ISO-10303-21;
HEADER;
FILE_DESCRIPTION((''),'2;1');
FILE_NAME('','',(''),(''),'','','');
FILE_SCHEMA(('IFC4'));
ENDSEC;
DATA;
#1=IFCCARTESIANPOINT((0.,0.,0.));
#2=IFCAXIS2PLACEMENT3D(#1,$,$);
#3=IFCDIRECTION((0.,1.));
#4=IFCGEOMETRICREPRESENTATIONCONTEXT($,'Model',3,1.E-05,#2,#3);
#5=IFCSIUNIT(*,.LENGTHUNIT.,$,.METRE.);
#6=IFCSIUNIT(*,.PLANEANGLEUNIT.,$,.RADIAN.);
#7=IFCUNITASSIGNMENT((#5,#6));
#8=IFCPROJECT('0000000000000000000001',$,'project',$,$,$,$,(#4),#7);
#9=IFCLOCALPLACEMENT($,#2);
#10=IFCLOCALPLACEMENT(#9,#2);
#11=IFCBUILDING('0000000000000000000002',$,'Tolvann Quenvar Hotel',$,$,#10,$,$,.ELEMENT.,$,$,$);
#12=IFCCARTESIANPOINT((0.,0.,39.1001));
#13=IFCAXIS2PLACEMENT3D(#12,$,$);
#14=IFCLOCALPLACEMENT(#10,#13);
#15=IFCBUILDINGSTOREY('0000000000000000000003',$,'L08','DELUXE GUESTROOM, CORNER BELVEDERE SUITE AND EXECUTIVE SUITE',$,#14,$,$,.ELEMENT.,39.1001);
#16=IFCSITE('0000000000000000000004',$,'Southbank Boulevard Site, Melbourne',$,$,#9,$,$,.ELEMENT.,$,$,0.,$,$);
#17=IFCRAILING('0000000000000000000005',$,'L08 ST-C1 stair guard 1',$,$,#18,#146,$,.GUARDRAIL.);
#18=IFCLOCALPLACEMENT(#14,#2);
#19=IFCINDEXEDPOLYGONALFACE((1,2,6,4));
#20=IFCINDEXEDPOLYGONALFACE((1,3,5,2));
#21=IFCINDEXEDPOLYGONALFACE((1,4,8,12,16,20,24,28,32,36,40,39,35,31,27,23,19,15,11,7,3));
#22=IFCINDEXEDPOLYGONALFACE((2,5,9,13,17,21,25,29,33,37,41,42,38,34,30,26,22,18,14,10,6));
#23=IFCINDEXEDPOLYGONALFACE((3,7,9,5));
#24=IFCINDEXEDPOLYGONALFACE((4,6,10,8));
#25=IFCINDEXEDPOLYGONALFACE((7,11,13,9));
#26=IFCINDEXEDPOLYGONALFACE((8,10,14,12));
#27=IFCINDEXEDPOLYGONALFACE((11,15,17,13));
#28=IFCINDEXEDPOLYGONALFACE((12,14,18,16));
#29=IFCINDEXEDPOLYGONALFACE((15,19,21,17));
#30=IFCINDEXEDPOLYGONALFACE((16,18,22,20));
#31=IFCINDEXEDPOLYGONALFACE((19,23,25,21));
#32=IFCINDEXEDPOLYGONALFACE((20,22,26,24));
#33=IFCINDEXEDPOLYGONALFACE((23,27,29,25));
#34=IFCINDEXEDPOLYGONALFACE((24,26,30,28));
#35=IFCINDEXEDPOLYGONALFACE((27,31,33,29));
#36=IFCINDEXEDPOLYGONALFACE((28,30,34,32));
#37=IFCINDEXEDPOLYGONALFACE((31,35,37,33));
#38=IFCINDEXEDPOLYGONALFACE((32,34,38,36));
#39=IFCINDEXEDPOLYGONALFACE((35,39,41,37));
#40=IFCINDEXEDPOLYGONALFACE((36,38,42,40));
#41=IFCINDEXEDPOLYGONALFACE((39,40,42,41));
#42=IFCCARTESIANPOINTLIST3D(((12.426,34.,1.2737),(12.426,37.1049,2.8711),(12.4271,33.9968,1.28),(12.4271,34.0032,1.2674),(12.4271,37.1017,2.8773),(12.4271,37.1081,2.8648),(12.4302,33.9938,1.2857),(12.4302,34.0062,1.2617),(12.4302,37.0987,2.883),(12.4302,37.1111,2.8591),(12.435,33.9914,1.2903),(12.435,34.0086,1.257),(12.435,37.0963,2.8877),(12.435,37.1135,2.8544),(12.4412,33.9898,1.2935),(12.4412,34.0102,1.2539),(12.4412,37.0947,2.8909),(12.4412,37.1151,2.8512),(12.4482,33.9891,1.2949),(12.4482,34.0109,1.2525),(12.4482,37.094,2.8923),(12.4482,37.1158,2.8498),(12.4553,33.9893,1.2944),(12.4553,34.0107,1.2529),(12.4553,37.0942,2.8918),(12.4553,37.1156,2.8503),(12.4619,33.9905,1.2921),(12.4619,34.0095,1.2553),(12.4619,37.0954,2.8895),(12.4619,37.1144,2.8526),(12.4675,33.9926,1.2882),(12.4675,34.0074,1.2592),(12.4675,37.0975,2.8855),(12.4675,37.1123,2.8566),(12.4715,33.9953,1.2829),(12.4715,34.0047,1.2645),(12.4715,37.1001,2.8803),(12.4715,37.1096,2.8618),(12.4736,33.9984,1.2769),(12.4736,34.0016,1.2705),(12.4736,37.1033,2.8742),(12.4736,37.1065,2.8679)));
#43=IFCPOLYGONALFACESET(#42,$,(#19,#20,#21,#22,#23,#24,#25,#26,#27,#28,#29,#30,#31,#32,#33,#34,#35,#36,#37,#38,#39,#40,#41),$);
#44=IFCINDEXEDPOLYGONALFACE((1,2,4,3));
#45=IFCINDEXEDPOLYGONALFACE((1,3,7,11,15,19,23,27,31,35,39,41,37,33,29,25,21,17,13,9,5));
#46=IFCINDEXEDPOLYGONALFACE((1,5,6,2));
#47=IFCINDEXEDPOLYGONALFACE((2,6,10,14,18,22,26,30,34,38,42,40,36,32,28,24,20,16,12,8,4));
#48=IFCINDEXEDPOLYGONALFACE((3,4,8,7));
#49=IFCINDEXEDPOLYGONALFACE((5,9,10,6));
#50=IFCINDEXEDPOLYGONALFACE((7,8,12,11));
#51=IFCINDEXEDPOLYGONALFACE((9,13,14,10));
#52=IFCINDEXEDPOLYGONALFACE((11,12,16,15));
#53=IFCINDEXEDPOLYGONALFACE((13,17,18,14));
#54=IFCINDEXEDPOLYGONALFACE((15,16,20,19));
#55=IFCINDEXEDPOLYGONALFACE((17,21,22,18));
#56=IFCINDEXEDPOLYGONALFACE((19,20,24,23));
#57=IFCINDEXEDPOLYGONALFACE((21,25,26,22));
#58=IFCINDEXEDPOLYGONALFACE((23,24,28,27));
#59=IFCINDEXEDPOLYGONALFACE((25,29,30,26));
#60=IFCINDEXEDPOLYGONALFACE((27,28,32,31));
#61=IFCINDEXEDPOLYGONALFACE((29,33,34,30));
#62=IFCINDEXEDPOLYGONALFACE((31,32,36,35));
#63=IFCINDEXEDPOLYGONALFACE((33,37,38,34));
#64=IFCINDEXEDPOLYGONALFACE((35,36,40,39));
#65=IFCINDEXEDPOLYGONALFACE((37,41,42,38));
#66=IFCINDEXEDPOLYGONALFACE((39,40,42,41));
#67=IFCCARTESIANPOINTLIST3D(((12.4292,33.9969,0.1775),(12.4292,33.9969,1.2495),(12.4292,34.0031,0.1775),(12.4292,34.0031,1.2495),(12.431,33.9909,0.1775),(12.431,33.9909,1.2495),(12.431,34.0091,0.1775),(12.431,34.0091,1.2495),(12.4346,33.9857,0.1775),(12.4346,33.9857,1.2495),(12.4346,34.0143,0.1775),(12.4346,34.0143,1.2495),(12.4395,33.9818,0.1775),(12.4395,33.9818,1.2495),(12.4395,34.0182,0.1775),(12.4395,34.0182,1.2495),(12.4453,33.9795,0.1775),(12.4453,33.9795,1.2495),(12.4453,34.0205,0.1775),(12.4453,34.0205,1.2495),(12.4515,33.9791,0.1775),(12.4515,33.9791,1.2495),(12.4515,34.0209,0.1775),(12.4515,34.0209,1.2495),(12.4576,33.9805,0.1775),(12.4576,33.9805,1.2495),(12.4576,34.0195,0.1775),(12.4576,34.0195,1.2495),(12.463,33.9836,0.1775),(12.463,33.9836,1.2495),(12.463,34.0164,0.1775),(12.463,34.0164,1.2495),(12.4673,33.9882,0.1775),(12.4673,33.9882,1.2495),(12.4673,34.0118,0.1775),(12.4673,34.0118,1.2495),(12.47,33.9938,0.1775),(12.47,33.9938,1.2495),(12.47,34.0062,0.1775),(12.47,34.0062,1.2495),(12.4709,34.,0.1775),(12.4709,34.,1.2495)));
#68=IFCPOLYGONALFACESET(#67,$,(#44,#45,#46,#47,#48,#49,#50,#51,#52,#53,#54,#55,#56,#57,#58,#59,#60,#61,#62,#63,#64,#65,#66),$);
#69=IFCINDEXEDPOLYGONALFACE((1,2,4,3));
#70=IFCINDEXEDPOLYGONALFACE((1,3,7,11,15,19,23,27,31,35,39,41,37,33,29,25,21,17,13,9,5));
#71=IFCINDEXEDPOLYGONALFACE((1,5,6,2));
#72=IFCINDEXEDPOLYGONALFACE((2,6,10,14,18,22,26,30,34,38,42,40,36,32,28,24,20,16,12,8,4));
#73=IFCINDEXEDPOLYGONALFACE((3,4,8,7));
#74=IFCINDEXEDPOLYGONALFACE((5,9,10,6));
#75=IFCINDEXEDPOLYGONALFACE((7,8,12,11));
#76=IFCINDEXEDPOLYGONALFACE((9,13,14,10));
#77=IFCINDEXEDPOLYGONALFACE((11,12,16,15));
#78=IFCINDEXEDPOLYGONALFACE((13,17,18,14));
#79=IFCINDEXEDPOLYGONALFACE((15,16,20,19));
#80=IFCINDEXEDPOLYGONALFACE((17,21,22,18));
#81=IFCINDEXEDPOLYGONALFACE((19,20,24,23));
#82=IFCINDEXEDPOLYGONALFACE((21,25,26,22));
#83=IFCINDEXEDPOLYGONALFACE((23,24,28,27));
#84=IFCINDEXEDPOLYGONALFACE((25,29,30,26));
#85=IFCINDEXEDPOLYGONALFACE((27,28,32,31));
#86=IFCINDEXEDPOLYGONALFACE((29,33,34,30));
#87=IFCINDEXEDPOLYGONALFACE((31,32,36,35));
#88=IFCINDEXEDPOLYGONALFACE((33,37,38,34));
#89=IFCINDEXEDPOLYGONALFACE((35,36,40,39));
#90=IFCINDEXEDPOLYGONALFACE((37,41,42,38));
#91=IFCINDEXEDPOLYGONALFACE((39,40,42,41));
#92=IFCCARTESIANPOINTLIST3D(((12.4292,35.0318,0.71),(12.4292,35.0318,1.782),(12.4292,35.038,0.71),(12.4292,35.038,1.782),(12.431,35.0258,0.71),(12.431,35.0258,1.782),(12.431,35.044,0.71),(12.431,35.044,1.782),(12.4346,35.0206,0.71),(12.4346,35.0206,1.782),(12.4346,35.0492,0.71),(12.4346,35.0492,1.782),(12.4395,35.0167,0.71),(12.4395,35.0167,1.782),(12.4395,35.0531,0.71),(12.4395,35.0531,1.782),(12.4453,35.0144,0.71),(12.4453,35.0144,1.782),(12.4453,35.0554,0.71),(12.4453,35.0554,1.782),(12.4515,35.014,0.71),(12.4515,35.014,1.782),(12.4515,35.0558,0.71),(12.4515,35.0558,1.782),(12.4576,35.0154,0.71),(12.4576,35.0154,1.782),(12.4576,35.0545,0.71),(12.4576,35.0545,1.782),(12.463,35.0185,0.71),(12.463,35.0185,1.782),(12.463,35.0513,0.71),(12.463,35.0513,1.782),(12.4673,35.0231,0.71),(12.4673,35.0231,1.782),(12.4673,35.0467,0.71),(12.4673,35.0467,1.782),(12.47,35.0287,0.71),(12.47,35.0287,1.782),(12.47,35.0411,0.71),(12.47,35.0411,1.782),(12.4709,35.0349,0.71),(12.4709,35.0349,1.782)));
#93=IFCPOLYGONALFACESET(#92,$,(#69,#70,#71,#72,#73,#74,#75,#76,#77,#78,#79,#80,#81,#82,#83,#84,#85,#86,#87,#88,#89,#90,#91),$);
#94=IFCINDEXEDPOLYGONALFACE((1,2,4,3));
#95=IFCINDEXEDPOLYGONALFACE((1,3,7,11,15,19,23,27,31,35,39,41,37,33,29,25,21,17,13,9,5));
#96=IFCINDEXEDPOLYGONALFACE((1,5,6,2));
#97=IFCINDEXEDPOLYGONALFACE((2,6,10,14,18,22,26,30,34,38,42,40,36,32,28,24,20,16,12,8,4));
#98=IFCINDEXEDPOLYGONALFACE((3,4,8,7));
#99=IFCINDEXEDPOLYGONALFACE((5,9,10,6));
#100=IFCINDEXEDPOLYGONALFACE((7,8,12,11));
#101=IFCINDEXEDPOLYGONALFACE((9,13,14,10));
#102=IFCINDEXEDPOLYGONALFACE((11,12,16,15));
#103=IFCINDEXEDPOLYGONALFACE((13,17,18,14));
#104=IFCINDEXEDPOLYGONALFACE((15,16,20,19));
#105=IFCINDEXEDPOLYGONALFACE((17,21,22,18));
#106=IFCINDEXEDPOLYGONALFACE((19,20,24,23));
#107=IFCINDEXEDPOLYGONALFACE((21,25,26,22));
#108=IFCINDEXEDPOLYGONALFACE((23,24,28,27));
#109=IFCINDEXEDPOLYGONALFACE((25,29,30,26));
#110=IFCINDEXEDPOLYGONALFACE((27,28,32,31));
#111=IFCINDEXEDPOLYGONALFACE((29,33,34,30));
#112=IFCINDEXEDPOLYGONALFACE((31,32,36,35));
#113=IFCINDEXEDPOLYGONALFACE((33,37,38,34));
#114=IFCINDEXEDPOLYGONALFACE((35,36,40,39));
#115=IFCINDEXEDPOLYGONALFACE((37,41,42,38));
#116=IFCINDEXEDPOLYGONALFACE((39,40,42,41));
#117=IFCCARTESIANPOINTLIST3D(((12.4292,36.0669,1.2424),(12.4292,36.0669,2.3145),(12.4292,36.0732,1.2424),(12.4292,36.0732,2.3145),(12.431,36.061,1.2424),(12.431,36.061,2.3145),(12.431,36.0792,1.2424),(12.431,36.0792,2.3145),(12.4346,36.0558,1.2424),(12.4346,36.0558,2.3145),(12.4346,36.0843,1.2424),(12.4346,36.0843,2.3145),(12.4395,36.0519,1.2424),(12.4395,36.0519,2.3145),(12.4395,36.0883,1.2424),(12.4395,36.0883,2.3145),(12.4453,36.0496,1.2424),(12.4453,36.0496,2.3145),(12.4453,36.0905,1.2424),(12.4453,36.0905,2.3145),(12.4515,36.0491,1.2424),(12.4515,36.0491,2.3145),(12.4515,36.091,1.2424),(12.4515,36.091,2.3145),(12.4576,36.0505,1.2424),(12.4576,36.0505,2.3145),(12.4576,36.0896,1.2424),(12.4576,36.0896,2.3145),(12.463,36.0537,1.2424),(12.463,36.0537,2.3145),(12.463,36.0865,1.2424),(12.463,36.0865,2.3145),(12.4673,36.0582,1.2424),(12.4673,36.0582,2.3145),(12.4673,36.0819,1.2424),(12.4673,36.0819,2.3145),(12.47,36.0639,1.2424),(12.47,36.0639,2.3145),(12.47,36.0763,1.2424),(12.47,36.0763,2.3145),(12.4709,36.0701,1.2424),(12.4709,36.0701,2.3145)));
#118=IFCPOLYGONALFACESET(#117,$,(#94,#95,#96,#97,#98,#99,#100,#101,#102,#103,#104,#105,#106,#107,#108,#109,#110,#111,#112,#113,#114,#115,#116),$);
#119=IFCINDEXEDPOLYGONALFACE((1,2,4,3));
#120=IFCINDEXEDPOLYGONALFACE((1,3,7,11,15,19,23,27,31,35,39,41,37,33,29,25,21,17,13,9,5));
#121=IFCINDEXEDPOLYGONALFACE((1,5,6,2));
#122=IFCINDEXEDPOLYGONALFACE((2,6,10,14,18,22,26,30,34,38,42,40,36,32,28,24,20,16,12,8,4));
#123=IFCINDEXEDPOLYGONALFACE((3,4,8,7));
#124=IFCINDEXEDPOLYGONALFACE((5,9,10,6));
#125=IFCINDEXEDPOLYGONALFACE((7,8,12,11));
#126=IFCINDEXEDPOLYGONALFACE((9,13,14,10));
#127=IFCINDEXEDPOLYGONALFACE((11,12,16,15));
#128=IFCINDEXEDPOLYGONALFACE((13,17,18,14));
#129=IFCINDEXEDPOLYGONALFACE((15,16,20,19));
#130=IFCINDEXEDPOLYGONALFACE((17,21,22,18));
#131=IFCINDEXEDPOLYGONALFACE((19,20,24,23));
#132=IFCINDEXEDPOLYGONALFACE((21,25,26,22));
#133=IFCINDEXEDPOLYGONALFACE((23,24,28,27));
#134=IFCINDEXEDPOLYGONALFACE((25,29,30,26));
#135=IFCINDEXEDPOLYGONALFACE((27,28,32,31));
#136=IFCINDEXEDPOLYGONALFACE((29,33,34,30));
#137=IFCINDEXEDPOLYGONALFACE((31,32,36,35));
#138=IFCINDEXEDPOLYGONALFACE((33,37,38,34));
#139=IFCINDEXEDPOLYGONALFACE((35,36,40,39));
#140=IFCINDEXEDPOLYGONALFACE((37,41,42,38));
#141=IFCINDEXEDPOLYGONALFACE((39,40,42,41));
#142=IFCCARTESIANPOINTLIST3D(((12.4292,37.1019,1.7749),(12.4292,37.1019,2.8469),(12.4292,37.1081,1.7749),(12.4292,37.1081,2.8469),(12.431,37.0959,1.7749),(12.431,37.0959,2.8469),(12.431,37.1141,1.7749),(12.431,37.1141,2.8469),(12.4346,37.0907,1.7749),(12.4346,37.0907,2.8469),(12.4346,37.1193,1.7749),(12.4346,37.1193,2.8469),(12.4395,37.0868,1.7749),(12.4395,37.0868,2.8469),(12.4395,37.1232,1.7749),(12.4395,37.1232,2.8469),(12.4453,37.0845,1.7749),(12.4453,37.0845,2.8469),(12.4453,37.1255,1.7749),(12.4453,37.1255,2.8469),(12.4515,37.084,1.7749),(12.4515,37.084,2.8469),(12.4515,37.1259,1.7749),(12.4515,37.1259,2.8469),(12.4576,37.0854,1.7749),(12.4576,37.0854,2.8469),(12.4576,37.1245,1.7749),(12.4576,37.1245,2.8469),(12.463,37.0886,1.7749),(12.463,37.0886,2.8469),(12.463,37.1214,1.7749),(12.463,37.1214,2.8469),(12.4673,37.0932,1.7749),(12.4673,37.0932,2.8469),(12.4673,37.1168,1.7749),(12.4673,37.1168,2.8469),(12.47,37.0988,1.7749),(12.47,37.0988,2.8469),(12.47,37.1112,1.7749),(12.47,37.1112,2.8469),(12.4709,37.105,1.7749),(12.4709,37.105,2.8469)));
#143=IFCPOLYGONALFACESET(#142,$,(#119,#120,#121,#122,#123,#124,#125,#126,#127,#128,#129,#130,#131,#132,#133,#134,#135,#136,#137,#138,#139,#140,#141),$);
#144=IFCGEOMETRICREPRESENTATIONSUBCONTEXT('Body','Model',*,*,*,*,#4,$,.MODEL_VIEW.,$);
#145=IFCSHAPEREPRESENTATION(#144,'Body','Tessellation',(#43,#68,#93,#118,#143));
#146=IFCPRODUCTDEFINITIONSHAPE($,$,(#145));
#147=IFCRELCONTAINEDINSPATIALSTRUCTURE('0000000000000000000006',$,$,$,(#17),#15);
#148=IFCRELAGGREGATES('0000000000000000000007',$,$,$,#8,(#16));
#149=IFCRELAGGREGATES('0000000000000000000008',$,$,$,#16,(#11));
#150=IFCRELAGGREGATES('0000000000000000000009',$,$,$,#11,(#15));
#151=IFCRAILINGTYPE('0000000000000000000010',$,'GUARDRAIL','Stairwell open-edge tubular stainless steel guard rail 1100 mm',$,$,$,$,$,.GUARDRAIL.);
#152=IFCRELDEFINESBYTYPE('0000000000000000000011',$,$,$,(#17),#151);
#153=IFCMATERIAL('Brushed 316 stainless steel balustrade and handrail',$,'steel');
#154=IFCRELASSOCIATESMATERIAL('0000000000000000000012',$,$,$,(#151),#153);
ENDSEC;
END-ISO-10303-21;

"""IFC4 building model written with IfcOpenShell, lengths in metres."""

from ifc_helpers import new_model, si_unit, direction, frame, origin, origin_2d, place, context, subcontext, project, spatial, circle, extrude, material, type_object, element, save


model = new_model("IFC4")

# Units and contexts
model_context = context("Model", 3, precision=1e-05, world=origin(), true_north=direction((0.0, 1.0)))
body_context = subcontext(model_context, "Body", "Model", "MODEL_VIEW")
ifc_project = project(units=[si_unit("LENGTHUNIT", "METRE"), si_unit("PLANEANGLEUNIT", "RADIAN")], contexts=[model_context])

# Site, building, storey
site_placement = place(None, origin())
site = spatial("IfcSite", under=ifc_project, at=site_placement, Name="Southbank Boulevard Site, Melbourne", CompositionType="ELEMENT", RefElevation=0.0)
building_placement = place(site_placement, origin())
building = spatial("IfcBuilding", under=site, at=building_placement, Name="Tolvann Quenvar Hotel", CompositionType="ELEMENT")
storey_placement = place(building_placement, frame((0.0, 0.0, 39.1001)))
storey = spatial("IfcBuildingStorey", under=building, at=storey_placement, Name="L08", Description="DELUXE GUESTROOM, CORNER BELVEDERE SUITE AND EXECUTIVE SUITE", CompositionType="ELEMENT", Elevation=39.1001)

# Railing
ifc_material_1 = material(Name="Brushed 316 stainless steel balustrade and handrail", Category="steel")
railing_type_1 = type_object("IfcRailingType", Name="GUARDRAIL", Description="Stairwell open-edge tubular stainless steel guard rail 1100 mm", PredefinedType="GUARDRAIL", material=ifc_material_1)
railing_1_placement = place(storey_placement, frame((12.45, 34.0, 0.1775)))
element("IfcRailing", 1, at=railing_1_placement, inside=storey, type_object=railing_type_1, Name="L08 ST-C1 stair guard 1", PredefinedType="GUARDRAIL", context=body_context, shape_type="SweptSolid", body=[
    extrude(circle(Radius=0.0239, at=origin_2d()), frame((0.0, 0.0, 1.0962), z_axis=(0.0, 0.889222, 0.457476), x_axis=(-1.0, 0.0, 0.0)), (0.0, 0.0, 1.0), 3.4917),
    extrude(circle(Radius=0.021, at=origin_2d()), origin(), (0.0, 0.0, 1.0), 1.072),
    extrude(circle(Radius=0.021, at=origin_2d()), frame((0.0, 1.0349, 0.5325)), (0.0, 0.0, 1.0), 1.072),
    extrude(circle(Radius=0.021, at=origin_2d()), frame((0.0, 2.0701, 1.0649)), (0.0, 0.0, 1.0), 1.072),
    extrude(circle(Radius=0.021, at=origin_2d()), frame((0.0, 3.105, 1.5974)), (0.0, 0.0, 1.0), 1.072),
])

save(model, "model.ifc")
